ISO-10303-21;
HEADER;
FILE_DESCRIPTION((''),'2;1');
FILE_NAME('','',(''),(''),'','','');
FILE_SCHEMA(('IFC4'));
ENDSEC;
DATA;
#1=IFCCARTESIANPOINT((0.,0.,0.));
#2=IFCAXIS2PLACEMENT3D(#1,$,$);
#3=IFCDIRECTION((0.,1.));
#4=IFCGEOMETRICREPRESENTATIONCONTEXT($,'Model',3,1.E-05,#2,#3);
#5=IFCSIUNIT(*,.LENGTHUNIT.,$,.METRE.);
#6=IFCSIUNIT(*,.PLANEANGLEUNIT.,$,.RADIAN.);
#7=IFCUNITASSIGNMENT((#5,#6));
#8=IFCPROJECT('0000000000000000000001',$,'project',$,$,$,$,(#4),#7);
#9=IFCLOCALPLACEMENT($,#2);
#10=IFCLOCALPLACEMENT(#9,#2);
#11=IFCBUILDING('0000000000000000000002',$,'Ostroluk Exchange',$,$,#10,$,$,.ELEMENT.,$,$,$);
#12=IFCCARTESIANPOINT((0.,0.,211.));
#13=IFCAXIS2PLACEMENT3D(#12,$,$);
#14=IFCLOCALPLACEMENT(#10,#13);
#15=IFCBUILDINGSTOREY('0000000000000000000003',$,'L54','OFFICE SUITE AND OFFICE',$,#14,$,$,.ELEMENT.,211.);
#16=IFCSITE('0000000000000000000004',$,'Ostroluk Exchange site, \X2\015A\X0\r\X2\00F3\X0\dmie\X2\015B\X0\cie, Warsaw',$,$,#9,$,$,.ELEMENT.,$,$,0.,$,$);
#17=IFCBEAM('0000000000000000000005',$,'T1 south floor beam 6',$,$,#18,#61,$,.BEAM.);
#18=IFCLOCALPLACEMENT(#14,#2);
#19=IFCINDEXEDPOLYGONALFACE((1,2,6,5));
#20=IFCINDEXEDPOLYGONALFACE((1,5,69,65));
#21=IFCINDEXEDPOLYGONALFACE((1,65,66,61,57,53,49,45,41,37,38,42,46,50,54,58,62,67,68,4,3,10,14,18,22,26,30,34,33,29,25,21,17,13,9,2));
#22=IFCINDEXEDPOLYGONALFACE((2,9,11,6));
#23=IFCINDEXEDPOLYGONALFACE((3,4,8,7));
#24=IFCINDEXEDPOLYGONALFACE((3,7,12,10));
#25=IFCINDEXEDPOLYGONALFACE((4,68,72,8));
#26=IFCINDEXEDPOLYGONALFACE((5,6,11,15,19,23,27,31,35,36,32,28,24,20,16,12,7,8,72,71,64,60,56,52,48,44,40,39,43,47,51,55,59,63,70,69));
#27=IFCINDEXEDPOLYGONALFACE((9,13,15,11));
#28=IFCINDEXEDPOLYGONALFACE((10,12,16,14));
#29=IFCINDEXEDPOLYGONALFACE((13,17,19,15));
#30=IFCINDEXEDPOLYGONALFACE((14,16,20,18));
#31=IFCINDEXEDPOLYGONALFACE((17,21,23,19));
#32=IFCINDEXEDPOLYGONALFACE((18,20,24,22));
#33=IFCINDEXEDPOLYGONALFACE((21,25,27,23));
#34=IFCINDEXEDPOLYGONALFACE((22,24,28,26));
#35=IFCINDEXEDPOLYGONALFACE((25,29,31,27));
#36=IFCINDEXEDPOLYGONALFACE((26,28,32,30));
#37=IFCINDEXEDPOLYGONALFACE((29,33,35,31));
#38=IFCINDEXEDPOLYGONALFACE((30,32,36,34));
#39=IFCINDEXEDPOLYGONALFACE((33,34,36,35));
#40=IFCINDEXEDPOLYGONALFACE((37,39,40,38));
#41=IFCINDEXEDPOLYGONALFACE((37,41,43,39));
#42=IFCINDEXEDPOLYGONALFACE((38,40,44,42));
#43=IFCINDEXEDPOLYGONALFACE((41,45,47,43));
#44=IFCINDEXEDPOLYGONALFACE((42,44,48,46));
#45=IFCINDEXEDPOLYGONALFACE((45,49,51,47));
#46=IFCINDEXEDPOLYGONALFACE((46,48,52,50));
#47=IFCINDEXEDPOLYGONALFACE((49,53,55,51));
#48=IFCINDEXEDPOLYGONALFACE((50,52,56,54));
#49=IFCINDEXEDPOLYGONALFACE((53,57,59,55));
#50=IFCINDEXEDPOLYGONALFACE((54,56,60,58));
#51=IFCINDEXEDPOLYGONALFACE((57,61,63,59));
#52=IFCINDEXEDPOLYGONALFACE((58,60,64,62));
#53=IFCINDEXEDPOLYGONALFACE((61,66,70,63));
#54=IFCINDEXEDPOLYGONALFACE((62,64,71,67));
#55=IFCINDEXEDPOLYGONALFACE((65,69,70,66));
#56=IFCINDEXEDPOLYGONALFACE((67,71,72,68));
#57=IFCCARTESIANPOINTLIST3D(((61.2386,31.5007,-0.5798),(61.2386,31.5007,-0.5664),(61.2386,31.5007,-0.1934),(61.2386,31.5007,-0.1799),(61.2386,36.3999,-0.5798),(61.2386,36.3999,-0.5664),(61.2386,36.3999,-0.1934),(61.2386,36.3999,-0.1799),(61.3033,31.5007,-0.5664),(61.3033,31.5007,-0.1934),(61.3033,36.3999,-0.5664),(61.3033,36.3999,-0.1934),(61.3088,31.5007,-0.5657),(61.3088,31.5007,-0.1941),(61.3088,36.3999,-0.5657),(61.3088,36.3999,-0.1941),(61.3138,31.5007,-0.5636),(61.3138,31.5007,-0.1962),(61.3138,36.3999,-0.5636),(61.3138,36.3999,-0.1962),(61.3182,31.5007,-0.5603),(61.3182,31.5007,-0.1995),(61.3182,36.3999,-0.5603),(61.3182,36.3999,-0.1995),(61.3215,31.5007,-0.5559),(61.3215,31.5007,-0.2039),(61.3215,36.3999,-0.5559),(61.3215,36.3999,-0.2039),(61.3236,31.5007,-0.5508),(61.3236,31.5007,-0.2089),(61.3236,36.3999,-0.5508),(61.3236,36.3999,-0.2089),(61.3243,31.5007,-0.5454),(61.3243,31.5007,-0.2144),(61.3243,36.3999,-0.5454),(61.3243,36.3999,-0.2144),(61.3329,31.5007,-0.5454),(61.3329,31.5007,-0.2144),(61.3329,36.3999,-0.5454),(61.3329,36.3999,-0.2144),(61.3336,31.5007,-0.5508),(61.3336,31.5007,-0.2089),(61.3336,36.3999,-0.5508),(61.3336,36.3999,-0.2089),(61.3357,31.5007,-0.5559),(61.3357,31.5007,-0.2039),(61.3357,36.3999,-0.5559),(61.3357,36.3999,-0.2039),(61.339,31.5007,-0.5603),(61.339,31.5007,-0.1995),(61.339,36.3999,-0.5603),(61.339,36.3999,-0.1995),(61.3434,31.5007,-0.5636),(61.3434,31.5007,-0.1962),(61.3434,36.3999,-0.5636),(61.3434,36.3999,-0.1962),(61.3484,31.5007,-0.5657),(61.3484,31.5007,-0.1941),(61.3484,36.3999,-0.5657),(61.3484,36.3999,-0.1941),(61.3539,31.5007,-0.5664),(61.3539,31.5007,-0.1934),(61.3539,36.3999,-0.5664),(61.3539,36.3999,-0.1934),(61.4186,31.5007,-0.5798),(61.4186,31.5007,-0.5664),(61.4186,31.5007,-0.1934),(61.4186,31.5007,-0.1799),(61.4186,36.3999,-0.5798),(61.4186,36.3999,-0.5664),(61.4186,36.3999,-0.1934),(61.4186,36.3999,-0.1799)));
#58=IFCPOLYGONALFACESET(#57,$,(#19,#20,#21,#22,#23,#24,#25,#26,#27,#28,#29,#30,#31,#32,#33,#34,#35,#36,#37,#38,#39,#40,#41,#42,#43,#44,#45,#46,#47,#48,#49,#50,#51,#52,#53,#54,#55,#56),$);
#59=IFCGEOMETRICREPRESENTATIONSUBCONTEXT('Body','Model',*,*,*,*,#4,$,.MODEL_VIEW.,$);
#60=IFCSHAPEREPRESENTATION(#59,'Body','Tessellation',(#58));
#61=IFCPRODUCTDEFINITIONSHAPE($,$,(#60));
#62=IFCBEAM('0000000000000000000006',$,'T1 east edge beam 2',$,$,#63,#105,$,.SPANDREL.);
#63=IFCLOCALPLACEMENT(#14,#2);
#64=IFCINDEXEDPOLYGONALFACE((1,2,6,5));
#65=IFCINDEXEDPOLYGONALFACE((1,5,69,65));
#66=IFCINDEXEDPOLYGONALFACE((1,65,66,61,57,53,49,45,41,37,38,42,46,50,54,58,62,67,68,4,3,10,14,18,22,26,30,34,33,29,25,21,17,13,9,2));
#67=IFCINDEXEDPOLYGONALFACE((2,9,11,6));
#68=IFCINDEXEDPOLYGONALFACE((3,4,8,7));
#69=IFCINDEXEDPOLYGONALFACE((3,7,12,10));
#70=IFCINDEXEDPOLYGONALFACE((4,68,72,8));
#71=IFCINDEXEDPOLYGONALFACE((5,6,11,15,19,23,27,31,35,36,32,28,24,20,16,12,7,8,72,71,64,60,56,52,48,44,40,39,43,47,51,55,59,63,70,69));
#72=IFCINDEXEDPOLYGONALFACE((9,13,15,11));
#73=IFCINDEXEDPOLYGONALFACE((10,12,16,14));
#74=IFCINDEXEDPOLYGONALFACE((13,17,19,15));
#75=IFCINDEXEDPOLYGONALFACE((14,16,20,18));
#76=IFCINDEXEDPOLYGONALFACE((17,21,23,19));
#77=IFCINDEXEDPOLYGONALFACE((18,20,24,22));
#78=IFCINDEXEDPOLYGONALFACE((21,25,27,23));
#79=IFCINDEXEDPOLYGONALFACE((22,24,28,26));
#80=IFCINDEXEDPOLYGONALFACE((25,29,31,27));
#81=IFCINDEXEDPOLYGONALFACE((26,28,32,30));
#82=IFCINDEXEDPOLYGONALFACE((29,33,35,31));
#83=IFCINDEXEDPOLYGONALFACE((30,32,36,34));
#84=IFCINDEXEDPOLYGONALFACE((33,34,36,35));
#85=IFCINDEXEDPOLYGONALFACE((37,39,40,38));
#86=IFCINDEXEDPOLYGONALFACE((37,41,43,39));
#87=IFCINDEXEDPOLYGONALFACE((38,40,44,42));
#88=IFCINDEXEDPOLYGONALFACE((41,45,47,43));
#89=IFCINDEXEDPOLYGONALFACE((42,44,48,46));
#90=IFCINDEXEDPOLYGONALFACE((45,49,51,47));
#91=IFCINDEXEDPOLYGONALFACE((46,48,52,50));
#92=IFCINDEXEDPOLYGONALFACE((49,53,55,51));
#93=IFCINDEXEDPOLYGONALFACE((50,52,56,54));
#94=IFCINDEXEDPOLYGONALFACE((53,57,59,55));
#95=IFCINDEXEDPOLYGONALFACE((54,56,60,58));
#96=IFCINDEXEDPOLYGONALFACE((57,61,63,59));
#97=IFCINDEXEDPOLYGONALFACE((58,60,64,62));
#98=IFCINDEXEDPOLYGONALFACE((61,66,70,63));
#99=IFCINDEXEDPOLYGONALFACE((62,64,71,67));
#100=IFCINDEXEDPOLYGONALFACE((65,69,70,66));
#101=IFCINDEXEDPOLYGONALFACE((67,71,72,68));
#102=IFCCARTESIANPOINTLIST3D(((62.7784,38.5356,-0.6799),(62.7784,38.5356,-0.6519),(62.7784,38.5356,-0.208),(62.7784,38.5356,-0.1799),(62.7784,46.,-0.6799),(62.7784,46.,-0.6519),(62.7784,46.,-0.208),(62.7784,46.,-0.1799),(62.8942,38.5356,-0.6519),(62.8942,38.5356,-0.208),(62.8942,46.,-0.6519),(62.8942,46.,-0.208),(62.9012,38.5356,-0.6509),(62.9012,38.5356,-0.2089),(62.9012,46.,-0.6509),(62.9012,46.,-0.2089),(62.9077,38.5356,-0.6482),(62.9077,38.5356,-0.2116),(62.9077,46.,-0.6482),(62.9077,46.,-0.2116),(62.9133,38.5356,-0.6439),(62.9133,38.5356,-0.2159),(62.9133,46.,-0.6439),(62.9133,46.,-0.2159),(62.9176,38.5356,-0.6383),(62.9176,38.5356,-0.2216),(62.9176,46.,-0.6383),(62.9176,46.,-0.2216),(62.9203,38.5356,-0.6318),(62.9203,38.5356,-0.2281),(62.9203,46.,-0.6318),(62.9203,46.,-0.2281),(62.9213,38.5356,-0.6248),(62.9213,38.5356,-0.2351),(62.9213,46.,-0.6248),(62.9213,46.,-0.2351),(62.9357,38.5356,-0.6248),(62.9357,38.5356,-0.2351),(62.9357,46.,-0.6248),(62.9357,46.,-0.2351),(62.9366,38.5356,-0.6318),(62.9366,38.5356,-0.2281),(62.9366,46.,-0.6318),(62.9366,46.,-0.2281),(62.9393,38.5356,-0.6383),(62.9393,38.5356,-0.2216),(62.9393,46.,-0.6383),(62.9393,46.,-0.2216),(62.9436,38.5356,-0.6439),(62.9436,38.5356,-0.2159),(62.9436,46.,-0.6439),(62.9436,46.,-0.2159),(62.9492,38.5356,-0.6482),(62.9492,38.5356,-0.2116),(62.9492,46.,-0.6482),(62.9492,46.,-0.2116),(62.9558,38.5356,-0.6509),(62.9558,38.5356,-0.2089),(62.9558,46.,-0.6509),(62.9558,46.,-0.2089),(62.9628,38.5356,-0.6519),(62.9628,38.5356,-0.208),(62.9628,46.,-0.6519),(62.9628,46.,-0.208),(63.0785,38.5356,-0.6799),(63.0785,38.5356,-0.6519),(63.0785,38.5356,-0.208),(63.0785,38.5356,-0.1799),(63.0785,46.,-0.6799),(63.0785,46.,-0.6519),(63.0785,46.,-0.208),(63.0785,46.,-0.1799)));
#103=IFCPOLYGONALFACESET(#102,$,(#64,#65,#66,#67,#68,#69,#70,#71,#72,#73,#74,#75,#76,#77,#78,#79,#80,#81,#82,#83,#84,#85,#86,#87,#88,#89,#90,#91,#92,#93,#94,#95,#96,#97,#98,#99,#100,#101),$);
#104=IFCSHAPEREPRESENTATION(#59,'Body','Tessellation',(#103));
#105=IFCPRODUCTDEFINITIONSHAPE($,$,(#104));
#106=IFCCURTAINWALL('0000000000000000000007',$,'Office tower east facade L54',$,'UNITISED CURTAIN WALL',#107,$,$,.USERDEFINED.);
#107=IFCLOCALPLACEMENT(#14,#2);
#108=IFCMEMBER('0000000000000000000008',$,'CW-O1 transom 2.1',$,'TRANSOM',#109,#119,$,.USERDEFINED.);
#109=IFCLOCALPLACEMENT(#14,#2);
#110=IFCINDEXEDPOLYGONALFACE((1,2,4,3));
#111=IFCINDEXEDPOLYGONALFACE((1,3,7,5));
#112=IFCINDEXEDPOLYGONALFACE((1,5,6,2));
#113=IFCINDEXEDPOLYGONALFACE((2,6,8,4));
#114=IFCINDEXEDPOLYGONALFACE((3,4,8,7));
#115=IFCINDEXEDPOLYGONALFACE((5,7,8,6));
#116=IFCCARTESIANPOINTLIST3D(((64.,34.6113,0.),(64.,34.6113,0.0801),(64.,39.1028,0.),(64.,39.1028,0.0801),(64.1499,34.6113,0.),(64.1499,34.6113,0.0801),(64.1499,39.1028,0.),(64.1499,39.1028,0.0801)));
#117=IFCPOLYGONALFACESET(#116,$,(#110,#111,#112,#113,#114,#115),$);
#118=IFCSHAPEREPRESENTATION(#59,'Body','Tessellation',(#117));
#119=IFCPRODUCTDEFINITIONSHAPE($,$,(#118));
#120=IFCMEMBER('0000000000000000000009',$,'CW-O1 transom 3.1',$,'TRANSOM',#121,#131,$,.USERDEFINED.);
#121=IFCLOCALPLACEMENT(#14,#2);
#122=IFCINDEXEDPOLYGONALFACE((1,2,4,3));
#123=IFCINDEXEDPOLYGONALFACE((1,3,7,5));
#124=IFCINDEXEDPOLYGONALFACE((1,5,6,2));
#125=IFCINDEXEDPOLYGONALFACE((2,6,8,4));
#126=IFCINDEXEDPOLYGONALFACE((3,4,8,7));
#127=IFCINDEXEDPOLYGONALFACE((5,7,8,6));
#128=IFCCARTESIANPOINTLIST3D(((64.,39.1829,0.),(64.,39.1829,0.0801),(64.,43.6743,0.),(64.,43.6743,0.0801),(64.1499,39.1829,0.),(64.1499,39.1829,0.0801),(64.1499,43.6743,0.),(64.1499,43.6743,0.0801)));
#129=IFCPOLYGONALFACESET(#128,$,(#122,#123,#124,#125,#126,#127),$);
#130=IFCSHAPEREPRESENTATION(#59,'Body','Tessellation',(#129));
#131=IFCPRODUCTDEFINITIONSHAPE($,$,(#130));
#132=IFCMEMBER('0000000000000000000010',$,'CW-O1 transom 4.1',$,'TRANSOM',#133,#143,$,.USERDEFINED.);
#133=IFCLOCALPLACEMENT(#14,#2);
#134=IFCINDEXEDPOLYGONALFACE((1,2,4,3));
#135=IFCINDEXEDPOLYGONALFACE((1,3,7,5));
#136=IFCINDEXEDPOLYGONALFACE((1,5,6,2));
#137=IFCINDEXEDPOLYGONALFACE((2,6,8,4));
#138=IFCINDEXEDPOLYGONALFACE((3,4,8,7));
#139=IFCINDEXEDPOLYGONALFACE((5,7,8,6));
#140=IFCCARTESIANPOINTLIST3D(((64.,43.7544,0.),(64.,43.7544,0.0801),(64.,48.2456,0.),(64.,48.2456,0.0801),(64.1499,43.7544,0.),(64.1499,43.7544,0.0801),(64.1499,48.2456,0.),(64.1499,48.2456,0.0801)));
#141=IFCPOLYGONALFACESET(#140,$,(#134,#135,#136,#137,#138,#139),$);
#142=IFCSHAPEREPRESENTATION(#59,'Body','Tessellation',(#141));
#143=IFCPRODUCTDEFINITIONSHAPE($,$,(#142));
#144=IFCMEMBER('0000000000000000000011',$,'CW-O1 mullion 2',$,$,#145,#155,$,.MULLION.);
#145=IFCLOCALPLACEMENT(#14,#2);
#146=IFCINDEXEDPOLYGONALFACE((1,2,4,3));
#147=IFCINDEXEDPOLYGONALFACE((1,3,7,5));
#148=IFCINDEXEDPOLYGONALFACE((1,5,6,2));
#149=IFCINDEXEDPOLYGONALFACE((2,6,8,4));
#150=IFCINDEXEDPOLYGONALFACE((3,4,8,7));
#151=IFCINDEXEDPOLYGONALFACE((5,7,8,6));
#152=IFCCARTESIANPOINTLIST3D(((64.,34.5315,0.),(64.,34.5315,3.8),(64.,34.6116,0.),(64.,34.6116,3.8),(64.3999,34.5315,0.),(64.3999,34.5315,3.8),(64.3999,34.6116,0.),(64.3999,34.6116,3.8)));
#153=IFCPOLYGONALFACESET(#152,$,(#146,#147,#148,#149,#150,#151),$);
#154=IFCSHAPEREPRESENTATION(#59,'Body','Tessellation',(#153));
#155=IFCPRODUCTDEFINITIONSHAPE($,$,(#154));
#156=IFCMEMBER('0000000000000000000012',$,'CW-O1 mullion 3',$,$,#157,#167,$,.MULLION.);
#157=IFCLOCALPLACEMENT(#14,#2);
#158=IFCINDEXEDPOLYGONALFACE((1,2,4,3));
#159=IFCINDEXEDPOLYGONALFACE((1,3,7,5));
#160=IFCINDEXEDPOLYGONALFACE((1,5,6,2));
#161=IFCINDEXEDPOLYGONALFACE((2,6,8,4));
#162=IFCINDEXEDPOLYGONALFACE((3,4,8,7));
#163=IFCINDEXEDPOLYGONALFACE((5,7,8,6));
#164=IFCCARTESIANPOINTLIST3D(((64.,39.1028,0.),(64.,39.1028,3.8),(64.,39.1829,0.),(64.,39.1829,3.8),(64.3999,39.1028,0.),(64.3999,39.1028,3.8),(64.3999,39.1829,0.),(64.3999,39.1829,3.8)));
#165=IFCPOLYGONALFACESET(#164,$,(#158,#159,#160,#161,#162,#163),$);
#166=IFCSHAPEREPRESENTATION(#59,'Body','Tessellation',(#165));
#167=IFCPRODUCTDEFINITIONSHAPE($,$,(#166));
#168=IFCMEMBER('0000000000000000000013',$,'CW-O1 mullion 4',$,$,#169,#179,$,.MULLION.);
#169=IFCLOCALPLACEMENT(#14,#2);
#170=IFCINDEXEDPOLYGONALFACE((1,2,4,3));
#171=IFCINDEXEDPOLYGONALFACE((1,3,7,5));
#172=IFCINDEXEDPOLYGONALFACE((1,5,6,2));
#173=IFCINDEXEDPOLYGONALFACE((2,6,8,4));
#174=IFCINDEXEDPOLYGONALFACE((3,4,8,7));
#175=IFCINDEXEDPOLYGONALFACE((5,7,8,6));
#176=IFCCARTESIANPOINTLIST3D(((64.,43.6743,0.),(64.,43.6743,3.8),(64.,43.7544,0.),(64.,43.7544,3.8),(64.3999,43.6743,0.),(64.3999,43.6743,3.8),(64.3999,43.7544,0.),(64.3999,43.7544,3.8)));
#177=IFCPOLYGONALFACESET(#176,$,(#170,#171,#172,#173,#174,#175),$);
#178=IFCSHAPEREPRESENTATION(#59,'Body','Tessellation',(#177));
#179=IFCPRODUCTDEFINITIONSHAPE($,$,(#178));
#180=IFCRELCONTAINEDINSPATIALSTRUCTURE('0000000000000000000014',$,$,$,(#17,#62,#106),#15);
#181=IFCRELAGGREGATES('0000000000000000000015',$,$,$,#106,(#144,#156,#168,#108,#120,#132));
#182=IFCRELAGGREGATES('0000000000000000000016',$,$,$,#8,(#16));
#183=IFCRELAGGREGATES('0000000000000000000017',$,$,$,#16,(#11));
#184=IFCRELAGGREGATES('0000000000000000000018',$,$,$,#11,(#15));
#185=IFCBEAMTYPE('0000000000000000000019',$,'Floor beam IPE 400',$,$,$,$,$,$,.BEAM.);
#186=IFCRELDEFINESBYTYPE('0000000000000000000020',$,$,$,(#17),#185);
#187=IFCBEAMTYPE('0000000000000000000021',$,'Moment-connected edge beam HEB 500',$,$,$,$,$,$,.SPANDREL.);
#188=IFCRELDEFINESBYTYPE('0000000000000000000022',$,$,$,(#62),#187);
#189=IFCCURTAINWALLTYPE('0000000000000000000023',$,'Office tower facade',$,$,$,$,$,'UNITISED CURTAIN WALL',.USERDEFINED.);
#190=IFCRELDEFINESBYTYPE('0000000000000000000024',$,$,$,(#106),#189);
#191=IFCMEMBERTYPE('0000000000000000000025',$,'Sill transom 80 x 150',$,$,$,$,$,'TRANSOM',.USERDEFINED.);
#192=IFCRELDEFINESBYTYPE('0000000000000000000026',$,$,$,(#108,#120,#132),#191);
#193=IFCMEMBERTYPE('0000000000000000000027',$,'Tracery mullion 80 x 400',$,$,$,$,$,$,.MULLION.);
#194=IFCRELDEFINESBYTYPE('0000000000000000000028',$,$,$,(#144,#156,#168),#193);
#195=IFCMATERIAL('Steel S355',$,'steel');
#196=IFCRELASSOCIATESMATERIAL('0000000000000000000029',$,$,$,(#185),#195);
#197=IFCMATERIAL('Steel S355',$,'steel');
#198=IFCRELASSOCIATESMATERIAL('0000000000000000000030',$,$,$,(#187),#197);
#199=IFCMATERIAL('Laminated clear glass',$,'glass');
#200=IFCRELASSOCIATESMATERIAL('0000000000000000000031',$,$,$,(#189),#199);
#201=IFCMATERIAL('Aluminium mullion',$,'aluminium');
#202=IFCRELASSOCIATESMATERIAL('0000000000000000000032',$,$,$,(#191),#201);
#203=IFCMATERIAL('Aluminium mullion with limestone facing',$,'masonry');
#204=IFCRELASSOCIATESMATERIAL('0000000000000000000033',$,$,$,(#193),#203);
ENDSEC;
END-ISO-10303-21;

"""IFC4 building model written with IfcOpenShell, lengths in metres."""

from ifc_helpers import new_model, si_unit, direction, frame, origin, origin_2d, place, context, subcontext, project, spatial, rectangle, i_section, extrude, material, material_profile, profile_set, type_object, element, aggregate, save


model = new_model("IFC4")

# Units and contexts
model_context = context("Model", 3, precision=1e-05, world=origin(), true_north=direction((0.0, 1.0)))
body_context = subcontext(model_context, "Body", "Model", "MODEL_VIEW")
ifc_project = project(units=[si_unit("LENGTHUNIT", "METRE"), si_unit("PLANEANGLEUNIT", "RADIAN")], contexts=[model_context])

# Site, building, storey
site_placement = place(None, origin())
site = spatial("IfcSite", under=ifc_project, at=site_placement, Name="Ostroluk Exchange site, Śródmieście, Warsaw", CompositionType="ELEMENT", RefElevation=0.0)
building_placement = place(site_placement, origin())
building = spatial("IfcBuilding", under=site, at=building_placement, Name="Ostroluk Exchange", CompositionType="ELEMENT")
storey_placement = place(building_placement, frame((0.0, 0.0, 211.0)))
storey = spatial("IfcBuildingStorey", under=building, at=storey_placement, Name="L54", Description="OFFICE SUITE AND OFFICE", CompositionType="ELEMENT", Elevation=211.0)

# Beams
ifc_material_1 = material(Name="Steel S355", Category="steel")
ifc_material_profile_1 = material_profile(ifc_material_1, i_section(OverallWidth=0.1799, OverallDepth=0.3999, WebThickness=0.0085, FlangeThickness=0.0134, FilletRadius=0.021, at=origin_2d()), Name="IPE 400")
ifc_profile_set_1 = profile_set([ifc_material_profile_1], Name="Steel S355")
beam_type_1 = type_object("IfcBeamType", Name="Floor beam IPE 400", PredefinedType="BEAM", material=ifc_profile_set_1)
beam_1_placement = place(storey_placement, frame((61.3286, 36.3999, -0.3799), z_axis=(0.0, -1.0, 0.0), x_axis=(1.0, 0.0, 0.0)))
element("IfcBeam", 1, at=beam_1_placement, inside=storey, type_object=beam_type_1, Name="T1 south floor beam 6", PredefinedType="BEAM", context=body_context, shape_type="SweptSolid", body=[
    extrude(i_section(OverallWidth=0.1799, OverallDepth=0.3999, WebThickness=0.0085, FlangeThickness=0.0134, FilletRadius=0.021, at=origin_2d()), origin(), (0.0, 0.0, 1.0), 4.8992),
])
ifc_material_2 = material(Name="Steel S355", Category="steel")
ifc_material_profile_2 = material_profile(ifc_material_2, i_section(OverallWidth=0.3, OverallDepth=0.5, WebThickness=0.0144, FlangeThickness=0.0281, FilletRadius=0.0271, at=origin_2d()), Name="HEB 500")
ifc_profile_set_2 = profile_set([ifc_material_profile_2], Name="Steel S355")
beam_type_2 = type_object("IfcBeamType", Name="Moment-connected edge beam HEB 500", PredefinedType="SPANDREL", material=ifc_profile_set_2)
beam_2_placement = place(storey_placement, frame((62.9285, 38.5356, -0.4299), z_axis=(0.0, 1.0, 0.0), x_axis=(-1.0, 0.0, 0.0)))
element("IfcBeam", 2, at=beam_2_placement, inside=storey, type_object=beam_type_2, Name="T1 east edge beam 2", PredefinedType="SPANDREL", context=body_context, shape_type="SweptSolid", body=[
    extrude(i_section(OverallWidth=0.3, OverallDepth=0.5, WebThickness=0.0144, FlangeThickness=0.0281, FilletRadius=0.0271, at=origin_2d()), origin(), (0.0, 0.0, 1.0), 7.4644),
])

# Curtain wall, members
ifc_material_3 = material(Name="Laminated clear glass", Category="glass")
curtain_wall_type = type_object("IfcCurtainWallType", Name="Office tower facade", ElementType="UNITISED CURTAIN WALL", PredefinedType="USERDEFINED", material=ifc_material_3)
curtain_wall_placement = place(storey_placement, origin())
curtain_wall = element("IfcCurtainWall", 3, at=curtain_wall_placement, inside=storey, type_object=curtain_wall_type, Name="Office tower east facade L54", ObjectType="UNITISED CURTAIN WALL", PredefinedType="USERDEFINED")
ifc_material_4 = material(Name="Aluminium mullion", Category="aluminium")
ifc_material_profile_3 = material_profile(ifc_material_4, rectangle(XDim=0.1499, YDim=0.0801, at=origin_2d()), Name="Sill transom 80 x 150")
ifc_profile_set_3 = profile_set([ifc_material_profile_3], Name="Aluminium mullion")
member_type_1 = type_object("IfcMemberType", Name="Sill transom 80 x 150", ElementType="TRANSOM", PredefinedType="USERDEFINED", material=ifc_profile_set_3)
member_1_placement = place(storey_placement, frame((64.075, 34.6113, 0.04), z_axis=(0.0, 1.0, 0.0), x_axis=(-1.0, 0.0, 0.0)))
member_1 = element("IfcMember", 4, at=member_1_placement, type_object=member_type_1, Name="CW-O1 transom 2.1", ObjectType="TRANSOM", PredefinedType="USERDEFINED", context=body_context, shape_type="SweptSolid", body=[
    extrude(rectangle(XDim=0.1499, YDim=0.0801, at=origin_2d()), origin(), (0.0, 0.0, 1.0), 4.4915),
])
member_2_placement = place(storey_placement, frame((64.075, 39.1829, 0.04), z_axis=(0.0, 1.0, 0.0), x_axis=(-1.0, 0.0, 0.0)))
member_2 = element("IfcMember", 5, at=member_2_placement, type_object=member_type_1, Name="CW-O1 transom 3.1", ObjectType="TRANSOM", PredefinedType="USERDEFINED", context=body_context, shape_type="SweptSolid", body=[
    extrude(rectangle(XDim=0.1499, YDim=0.0801, at=origin_2d()), origin(), (0.0, 0.0, 1.0), 4.4915),
])
member_3_placement = place(storey_placement, frame((64.075, 43.7544, 0.04), z_axis=(0.0, 1.0, 0.0), x_axis=(-1.0, 0.0, 0.0)))
member_3 = element("IfcMember", 6, at=member_3_placement, type_object=member_type_1, Name="CW-O1 transom 4.1", ObjectType="TRANSOM", PredefinedType="USERDEFINED", context=body_context, shape_type="SweptSolid", body=[
    extrude(rectangle(XDim=0.1499, YDim=0.0801, at=origin_2d()), origin(), (0.0, 0.0, 1.0), 4.4912),
])
ifc_material_5 = material(Name="Aluminium mullion with limestone facing", Category="masonry")
ifc_material_profile_4 = material_profile(ifc_material_5, rectangle(XDim=0.3999, YDim=0.0801, at=origin_2d()), Name="Tracery mullion 80 x 400")
ifc_profile_set_4 = profile_set([ifc_material_profile_4], Name="Aluminium mullion with limestone facing")
member_type_2 = type_object("IfcMemberType", Name="Tracery mullion 80 x 400", PredefinedType="MULLION", material=ifc_profile_set_4)
member_4_placement = place(storey_placement, frame((64.2, 34.5715, 0.0), z_axis=(0.0, 0.0, 1.0), x_axis=(-1.0, 0.0, 0.0)))
member_4 = element("IfcMember", 7, at=member_4_placement, type_object=member_type_2, Name="CW-O1 mullion 2", PredefinedType="MULLION", context=body_context, shape_type="SweptSolid", body=[
    extrude(rectangle(XDim=0.3999, YDim=0.0801, at=origin_2d()), origin(), (0.0, 0.0, 1.0), 3.8),
])
member_5_placement = place(storey_placement, frame((64.2, 39.1428, 0.0), z_axis=(0.0, 0.0, 1.0), x_axis=(-1.0, 0.0, 0.0)))
member_5 = element("IfcMember", 8, at=member_5_placement, type_object=member_type_2, Name="CW-O1 mullion 3", PredefinedType="MULLION", context=body_context, shape_type="SweptSolid", body=[
    extrude(rectangle(XDim=0.3999, YDim=0.0801, at=origin_2d()), origin(), (0.0, 0.0, 1.0), 3.8),
])
member_6_placement = place(storey_placement, frame((64.2, 43.7144, 0.0), z_axis=(0.0, 0.0, 1.0), x_axis=(-1.0, 0.0, 0.0)))
member_6 = element("IfcMember", 9, at=member_6_placement, type_object=member_type_2, Name="CW-O1 mullion 4", PredefinedType="MULLION", context=body_context, shape_type="SweptSolid", body=[
    extrude(rectangle(XDim=0.3999, YDim=0.0801, at=origin_2d()), origin(), (0.0, 0.0, 1.0), 3.8),
])
aggregate(curtain_wall, [member_4, member_5, member_6, member_1, member_2, member_3])

save(model, "model.ifc")
